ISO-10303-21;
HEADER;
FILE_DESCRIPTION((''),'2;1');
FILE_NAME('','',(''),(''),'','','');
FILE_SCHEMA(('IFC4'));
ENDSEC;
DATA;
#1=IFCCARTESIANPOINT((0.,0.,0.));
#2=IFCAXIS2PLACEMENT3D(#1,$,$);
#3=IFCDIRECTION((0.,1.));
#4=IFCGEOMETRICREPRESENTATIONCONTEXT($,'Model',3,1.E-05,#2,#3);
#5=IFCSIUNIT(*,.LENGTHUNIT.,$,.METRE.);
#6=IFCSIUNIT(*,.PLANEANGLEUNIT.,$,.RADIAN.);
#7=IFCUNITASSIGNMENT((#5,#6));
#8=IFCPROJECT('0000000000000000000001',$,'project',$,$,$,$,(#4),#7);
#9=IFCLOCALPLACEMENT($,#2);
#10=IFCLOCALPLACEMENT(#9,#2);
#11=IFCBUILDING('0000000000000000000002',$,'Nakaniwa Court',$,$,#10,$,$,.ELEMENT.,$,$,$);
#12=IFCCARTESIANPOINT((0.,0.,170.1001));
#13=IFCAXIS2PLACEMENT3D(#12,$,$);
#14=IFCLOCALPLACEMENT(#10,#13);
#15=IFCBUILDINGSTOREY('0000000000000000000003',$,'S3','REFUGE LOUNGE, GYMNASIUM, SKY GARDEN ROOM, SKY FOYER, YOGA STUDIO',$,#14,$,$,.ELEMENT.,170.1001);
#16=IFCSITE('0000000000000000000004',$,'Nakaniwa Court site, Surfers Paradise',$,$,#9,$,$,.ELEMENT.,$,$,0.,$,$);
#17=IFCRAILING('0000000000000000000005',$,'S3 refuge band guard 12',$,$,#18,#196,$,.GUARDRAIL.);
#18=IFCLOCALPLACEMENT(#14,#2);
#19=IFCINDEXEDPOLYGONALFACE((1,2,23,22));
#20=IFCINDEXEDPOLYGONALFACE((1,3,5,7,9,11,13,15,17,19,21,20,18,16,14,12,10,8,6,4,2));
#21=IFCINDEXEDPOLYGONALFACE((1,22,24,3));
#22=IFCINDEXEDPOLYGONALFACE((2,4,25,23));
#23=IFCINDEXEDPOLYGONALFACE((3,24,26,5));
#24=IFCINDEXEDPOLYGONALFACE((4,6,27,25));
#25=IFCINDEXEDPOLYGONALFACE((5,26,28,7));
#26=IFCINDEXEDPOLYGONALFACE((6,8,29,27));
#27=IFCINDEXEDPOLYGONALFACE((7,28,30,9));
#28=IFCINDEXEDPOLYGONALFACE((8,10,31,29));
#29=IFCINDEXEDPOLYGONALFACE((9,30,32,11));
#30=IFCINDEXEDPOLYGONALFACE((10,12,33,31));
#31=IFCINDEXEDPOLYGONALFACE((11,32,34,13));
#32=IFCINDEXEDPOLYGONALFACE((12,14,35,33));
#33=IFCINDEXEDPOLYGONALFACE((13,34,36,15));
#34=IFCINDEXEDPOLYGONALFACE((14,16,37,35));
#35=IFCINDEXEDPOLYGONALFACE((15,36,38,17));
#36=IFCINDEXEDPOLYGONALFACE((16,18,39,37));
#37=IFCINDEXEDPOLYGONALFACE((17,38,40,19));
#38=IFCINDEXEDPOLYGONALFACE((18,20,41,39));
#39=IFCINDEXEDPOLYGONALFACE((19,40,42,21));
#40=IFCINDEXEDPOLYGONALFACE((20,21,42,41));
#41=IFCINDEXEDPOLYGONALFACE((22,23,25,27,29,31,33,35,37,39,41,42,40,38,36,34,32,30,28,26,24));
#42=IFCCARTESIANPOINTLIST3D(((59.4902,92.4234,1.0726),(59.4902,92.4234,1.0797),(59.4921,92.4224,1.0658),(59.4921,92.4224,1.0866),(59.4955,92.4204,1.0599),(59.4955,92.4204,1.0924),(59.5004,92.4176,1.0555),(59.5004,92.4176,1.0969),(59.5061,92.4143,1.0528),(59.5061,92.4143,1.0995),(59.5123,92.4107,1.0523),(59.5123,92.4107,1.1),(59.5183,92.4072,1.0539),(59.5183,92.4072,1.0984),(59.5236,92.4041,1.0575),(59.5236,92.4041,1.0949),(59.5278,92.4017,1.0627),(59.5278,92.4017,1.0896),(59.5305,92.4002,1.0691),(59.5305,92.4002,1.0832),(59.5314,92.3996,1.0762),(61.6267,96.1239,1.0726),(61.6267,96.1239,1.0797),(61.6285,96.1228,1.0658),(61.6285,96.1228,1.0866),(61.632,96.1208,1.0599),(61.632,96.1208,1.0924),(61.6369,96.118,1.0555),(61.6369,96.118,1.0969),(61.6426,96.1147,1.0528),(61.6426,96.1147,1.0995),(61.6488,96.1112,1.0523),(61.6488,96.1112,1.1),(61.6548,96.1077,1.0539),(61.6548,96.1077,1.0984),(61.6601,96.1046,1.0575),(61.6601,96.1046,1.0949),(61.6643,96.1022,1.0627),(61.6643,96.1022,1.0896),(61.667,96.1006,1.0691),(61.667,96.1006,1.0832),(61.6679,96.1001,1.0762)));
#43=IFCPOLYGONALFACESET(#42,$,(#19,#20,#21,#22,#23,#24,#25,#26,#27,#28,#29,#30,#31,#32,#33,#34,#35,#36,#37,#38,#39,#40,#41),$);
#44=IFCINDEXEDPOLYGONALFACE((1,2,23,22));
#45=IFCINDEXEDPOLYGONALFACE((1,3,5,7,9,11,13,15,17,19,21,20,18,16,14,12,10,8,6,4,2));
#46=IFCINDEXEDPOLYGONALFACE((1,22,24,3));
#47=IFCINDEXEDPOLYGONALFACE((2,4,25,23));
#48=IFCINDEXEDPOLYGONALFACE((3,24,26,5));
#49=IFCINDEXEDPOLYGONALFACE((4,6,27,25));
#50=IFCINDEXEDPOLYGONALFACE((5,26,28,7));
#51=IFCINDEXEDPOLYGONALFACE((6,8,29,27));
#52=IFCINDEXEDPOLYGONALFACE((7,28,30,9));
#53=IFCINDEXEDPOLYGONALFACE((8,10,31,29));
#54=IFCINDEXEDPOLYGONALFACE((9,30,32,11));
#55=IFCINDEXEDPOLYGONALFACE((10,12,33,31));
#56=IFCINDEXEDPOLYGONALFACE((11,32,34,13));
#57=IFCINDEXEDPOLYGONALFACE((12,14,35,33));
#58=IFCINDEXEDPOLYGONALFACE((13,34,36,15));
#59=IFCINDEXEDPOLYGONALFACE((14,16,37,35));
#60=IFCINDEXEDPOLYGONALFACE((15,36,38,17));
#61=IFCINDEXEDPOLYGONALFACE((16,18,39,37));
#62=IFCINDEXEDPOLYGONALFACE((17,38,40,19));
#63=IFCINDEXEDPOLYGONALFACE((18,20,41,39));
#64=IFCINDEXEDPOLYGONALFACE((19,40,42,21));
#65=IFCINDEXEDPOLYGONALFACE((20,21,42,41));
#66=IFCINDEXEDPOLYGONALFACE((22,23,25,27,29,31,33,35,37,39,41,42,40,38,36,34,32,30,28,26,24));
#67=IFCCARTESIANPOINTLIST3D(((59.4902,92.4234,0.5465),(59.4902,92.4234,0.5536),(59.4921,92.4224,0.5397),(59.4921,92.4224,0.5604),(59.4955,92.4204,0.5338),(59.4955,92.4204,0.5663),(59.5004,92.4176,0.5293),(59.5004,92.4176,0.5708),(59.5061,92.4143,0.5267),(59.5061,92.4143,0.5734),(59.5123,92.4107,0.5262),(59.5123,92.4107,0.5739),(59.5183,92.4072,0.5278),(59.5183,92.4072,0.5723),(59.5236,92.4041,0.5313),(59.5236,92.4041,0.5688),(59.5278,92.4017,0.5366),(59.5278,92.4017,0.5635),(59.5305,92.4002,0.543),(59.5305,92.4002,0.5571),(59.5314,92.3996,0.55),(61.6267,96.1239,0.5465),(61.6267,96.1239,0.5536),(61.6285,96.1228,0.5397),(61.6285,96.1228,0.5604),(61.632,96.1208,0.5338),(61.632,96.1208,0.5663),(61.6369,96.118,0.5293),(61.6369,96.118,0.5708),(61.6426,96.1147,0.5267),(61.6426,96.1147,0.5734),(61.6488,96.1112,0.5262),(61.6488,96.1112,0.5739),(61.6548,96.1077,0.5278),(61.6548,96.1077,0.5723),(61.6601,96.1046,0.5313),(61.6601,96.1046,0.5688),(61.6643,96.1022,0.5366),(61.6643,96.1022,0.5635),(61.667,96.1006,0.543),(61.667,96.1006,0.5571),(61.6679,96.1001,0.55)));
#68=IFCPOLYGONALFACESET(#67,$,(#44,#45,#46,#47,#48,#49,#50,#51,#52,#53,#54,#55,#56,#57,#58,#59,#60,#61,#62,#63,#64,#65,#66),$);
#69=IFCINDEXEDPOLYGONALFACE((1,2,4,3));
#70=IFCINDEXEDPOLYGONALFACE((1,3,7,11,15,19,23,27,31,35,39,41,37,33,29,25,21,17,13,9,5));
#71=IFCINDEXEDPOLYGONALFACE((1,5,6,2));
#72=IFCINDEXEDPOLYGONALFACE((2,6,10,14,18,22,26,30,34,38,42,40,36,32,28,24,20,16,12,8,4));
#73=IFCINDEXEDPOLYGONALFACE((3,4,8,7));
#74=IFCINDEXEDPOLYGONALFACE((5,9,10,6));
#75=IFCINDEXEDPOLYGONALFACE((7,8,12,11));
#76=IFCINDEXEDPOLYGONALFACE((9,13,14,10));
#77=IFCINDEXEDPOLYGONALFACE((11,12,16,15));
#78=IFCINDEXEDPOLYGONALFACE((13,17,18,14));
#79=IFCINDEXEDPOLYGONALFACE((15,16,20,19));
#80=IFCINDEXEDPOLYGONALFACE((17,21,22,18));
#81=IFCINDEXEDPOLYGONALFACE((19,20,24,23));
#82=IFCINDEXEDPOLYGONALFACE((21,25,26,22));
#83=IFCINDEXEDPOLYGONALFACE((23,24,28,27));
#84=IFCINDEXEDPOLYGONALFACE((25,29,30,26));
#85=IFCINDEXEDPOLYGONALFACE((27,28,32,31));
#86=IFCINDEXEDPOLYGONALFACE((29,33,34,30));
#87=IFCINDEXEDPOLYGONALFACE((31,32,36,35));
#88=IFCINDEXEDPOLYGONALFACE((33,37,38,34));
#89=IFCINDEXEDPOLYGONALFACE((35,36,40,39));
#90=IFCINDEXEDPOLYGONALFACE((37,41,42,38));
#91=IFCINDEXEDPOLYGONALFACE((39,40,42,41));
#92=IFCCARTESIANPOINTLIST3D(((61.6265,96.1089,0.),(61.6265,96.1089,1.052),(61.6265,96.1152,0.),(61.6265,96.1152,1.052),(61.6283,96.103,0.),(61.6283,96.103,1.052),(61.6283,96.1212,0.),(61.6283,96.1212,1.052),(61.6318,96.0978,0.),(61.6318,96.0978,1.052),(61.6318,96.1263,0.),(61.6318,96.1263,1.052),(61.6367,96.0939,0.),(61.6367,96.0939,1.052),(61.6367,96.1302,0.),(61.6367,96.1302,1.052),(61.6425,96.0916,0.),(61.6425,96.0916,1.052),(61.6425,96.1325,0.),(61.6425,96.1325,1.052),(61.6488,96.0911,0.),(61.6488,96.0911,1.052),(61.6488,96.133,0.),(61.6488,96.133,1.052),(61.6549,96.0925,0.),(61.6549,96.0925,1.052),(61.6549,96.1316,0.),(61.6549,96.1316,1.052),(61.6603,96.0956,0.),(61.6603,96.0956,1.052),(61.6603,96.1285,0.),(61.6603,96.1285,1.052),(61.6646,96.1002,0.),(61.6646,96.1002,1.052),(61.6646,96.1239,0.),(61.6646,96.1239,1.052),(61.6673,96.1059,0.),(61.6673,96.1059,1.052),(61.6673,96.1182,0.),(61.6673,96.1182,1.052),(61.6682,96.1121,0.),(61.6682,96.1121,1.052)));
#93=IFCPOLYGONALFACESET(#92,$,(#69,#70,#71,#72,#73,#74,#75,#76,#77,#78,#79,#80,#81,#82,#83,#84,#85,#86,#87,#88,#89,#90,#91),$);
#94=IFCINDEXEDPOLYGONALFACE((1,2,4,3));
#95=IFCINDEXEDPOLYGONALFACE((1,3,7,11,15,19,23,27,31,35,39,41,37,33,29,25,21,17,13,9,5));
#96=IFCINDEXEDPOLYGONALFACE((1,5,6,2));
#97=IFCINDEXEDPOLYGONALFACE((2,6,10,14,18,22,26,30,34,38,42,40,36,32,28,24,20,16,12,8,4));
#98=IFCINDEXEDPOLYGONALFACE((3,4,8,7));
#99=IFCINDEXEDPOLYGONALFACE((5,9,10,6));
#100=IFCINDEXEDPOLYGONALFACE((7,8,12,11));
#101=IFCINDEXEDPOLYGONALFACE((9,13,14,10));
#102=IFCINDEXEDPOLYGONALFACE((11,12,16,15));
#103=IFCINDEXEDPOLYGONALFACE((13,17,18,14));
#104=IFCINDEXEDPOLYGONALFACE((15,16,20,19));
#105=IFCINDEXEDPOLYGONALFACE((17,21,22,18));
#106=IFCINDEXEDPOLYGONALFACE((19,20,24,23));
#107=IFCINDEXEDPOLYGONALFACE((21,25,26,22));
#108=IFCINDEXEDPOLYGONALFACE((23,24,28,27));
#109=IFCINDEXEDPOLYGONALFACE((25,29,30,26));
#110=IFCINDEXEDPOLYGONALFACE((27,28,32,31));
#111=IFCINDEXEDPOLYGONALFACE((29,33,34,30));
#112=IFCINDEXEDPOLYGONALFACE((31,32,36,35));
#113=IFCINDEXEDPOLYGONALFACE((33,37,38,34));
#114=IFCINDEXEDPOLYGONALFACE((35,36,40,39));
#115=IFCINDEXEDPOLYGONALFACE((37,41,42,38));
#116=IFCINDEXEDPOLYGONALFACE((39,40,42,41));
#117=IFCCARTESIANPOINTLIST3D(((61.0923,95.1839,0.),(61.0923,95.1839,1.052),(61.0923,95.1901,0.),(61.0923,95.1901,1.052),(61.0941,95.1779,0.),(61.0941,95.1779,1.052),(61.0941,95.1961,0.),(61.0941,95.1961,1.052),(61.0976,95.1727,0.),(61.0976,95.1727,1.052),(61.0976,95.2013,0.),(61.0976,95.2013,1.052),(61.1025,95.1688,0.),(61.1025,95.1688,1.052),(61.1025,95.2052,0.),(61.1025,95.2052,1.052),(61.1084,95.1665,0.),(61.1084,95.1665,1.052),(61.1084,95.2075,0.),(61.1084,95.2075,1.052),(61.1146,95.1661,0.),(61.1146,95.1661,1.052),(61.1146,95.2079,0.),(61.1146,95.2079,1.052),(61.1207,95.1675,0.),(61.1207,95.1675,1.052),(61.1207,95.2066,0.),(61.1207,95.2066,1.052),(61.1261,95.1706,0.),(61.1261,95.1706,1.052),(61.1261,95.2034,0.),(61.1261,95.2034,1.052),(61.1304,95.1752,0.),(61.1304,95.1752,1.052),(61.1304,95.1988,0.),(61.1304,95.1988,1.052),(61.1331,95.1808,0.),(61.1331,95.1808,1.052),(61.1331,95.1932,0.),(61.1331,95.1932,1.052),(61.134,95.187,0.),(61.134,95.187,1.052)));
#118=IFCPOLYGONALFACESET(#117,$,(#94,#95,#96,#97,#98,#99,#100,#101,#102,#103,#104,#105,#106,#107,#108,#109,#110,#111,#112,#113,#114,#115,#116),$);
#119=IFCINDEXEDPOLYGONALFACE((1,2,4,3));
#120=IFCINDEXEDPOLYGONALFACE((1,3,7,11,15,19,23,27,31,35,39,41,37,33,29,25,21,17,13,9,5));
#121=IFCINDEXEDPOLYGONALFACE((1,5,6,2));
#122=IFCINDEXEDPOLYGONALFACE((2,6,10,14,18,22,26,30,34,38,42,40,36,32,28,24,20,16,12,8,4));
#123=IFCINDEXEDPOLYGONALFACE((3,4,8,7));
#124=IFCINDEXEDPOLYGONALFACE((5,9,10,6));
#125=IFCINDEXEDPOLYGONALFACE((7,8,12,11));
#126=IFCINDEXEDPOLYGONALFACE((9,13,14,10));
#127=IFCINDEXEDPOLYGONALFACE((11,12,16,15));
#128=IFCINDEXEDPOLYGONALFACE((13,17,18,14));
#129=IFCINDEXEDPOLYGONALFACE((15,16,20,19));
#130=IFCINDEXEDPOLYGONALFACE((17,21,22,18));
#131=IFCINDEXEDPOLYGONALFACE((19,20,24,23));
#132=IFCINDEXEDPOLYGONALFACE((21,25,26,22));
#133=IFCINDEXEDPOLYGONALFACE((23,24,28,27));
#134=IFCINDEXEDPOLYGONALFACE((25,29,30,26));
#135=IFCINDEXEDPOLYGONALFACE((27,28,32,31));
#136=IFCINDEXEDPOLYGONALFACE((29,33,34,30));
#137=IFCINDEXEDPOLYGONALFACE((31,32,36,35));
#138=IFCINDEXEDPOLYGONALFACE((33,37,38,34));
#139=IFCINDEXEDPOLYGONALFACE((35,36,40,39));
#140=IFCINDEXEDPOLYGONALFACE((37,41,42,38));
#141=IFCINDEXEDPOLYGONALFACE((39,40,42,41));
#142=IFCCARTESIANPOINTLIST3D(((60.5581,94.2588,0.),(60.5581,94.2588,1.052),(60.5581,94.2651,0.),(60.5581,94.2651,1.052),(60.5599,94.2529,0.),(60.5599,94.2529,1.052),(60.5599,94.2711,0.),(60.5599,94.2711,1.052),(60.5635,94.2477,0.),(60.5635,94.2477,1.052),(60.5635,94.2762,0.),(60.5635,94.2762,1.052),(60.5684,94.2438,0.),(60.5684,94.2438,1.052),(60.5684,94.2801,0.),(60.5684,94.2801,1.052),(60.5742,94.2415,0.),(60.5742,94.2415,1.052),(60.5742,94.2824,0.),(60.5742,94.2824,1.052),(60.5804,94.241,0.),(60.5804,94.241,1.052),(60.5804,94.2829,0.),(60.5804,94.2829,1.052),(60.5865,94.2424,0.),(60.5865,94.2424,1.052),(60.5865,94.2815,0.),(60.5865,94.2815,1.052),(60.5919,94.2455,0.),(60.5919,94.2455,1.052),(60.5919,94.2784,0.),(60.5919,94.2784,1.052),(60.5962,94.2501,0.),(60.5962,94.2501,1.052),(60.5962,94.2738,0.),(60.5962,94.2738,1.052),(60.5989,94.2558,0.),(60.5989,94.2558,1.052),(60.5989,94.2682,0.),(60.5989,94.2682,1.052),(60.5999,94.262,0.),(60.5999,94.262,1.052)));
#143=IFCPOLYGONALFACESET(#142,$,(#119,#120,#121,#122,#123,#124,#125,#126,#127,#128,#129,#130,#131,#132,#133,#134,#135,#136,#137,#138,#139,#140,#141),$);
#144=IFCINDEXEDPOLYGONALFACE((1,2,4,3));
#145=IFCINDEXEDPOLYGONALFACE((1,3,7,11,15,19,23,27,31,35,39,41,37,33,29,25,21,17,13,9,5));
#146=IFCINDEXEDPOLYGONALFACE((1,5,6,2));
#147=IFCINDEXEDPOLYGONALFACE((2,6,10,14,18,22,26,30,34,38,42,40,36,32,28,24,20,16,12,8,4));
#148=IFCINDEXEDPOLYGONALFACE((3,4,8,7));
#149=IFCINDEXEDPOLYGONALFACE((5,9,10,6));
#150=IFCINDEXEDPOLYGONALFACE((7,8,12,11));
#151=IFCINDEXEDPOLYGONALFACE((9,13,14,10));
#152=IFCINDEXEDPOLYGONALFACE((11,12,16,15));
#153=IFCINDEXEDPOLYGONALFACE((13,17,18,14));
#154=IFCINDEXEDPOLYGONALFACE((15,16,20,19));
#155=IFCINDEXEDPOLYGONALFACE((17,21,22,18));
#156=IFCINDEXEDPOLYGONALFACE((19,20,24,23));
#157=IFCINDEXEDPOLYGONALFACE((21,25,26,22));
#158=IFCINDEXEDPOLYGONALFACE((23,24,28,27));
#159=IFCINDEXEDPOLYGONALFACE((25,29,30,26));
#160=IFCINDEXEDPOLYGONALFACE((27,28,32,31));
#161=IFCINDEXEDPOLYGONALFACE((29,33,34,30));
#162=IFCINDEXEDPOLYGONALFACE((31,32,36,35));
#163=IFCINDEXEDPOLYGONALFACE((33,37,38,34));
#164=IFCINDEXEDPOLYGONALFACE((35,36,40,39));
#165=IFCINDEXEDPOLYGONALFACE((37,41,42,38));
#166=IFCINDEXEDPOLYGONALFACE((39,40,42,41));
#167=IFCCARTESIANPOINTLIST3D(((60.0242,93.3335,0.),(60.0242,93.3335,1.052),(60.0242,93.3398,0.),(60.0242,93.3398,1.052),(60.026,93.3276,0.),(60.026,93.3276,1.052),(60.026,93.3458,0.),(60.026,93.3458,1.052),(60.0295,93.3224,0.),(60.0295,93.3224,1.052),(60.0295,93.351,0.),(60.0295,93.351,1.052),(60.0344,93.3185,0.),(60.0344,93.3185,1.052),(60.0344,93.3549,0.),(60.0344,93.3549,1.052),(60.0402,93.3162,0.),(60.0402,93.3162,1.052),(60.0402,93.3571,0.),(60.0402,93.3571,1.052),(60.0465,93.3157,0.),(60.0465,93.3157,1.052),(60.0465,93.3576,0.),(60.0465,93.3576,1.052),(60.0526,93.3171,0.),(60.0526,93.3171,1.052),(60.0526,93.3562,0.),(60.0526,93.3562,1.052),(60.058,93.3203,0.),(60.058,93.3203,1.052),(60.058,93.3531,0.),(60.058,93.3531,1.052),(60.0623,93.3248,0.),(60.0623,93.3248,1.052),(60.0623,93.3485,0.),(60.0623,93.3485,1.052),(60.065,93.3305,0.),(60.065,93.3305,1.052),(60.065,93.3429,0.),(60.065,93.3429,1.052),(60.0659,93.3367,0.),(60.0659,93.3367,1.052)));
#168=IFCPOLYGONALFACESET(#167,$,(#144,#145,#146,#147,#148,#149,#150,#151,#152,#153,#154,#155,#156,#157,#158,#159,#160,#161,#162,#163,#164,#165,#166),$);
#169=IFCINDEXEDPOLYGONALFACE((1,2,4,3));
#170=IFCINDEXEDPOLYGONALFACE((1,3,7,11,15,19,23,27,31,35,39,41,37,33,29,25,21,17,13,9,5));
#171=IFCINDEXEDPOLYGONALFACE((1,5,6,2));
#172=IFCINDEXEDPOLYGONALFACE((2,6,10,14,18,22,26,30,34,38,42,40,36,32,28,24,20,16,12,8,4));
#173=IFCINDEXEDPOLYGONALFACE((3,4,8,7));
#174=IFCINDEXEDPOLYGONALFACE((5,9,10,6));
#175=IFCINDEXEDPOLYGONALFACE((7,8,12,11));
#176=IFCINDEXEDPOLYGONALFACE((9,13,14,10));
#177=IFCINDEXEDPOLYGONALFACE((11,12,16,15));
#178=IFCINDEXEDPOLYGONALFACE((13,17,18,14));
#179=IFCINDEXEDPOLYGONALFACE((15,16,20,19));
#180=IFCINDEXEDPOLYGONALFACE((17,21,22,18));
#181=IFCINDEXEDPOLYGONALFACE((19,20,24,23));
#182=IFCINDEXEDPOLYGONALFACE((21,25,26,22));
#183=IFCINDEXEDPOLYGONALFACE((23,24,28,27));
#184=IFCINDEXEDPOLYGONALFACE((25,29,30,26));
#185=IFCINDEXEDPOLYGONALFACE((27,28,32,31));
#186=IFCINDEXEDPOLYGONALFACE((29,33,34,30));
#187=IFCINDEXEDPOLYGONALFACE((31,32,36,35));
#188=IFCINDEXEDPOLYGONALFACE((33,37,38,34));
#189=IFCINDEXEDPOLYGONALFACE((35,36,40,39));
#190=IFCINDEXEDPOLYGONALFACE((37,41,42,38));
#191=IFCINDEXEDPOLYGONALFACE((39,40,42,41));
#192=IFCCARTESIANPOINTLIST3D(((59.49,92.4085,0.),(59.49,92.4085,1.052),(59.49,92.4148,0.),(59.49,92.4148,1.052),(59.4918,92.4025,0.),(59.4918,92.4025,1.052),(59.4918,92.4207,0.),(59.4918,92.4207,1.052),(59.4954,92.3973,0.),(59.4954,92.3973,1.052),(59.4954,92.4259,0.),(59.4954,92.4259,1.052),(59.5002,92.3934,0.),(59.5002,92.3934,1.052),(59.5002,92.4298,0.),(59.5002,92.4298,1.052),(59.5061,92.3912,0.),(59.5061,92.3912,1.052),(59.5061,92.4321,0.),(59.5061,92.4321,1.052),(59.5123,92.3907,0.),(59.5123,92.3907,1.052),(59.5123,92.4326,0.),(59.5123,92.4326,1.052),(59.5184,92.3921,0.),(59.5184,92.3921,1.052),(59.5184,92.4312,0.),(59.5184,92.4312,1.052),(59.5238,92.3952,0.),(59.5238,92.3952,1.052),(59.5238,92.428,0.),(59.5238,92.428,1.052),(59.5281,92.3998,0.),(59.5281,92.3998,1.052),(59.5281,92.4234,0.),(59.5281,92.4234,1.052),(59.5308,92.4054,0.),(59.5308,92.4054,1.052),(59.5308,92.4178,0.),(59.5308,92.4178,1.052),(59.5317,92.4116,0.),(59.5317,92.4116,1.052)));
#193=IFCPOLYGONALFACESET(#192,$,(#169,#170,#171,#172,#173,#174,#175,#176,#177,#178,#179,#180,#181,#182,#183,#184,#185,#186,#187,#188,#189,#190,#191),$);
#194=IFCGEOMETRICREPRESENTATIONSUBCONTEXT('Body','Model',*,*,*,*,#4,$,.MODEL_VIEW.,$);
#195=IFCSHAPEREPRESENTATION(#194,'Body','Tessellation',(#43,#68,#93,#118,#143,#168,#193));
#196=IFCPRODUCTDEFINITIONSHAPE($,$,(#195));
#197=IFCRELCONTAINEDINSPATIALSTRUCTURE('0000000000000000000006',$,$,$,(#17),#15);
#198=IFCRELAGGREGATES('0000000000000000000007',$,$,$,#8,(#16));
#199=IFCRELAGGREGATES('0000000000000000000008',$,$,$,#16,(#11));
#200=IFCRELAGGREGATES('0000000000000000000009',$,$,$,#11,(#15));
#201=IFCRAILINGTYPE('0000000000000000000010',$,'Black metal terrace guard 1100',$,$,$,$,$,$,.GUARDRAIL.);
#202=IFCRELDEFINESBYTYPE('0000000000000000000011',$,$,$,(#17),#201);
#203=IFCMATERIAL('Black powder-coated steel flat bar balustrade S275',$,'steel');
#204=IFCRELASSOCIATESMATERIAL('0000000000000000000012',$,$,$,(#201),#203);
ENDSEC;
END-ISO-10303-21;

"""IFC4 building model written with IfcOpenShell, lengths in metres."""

from ifc_helpers import new_model, si_unit, direction, frame, origin, origin_2d, place, context, subcontext, project, spatial, circle, extrude, material, type_object, element, save


model = new_model("IFC4")

# Units and contexts
model_context = context("Model", 3, precision=1e-05, world=origin(), true_north=direction((0.0, 1.0)))
body_context = subcontext(model_context, "Body", "Model", "MODEL_VIEW")
ifc_project = project(units=[si_unit("LENGTHUNIT", "METRE"), si_unit("PLANEANGLEUNIT", "RADIAN")], contexts=[model_context])

# Site, building, storey
site_placement = place(None, origin())
site = spatial("IfcSite", under=ifc_project, at=site_placement, Name="Nakaniwa Court site, Surfers Paradise", CompositionType="ELEMENT", RefElevation=0.0)
building_placement = place(site_placement, origin())
building = spatial("IfcBuilding", under=site, at=building_placement, Name="Nakaniwa Court", CompositionType="ELEMENT")
storey_placement = place(building_placement, frame((0.0, 0.0, 170.1001)))
storey = spatial("IfcBuildingStorey", under=building, at=storey_placement, Name="S3", Description="REFUGE LOUNGE, GYMNASIUM, SKY GARDEN ROOM, SKY FOYER, YOGA STUDIO", CompositionType="ELEMENT", Elevation=170.1001)

# Railing
ifc_material_1 = material(Name="Black powder-coated steel flat bar balustrade S275", Category="steel")
railing_type = type_object("IfcRailingType", Name="Black metal terrace guard 1100", PredefinedType="GUARDRAIL", material=ifc_material_1)
railing_1_placement = place(storey_placement, frame((61.6472, 96.1121, 0.0)))
element("IfcRailing", 1, at=railing_1_placement, inside=storey, type_object=railing_type, Name="S3 refuge band guard 12", PredefinedType="GUARDRAIL", context=body_context, shape_type="SweptSolid", body=[
    extrude(circle(Radius=0.0239, at=origin_2d()), frame((0.0, 0.0, 1.0762), z_axis=(-0.500004, -0.866023, 0.0), x_axis=(0.866023, -0.500004, 0.0)), (0.0, 0.0, 1.0), 4.2729),
    extrude(circle(Radius=0.0239, at=origin_2d()), frame((0.0, 0.0, 0.55), z_axis=(-0.500004, -0.866023, 0.0), x_axis=(0.866023, -0.500004, 0.0)), (0.0, 0.0, 1.0), 4.2729),
    extrude(circle(Radius=0.021, at=origin_2d()), origin(), (0.0, 0.0, 1.0), 1.052),
    extrude(circle(Radius=0.021, at=origin_2d()), frame((-0.5342, -0.925, 0.0)), (0.0, 0.0, 1.0), 1.052),
    extrude(circle(Radius=0.021, at=origin_2d()), frame((-1.0684, -1.8501, 0.0)), (0.0, 0.0, 1.0), 1.052),
    extrude(circle(Radius=0.021, at=origin_2d()), frame((-1.6023, -2.7754, 0.0)), (0.0, 0.0, 1.0), 1.052),
    extrude(circle(Radius=0.021, at=origin_2d()), frame((-2.1365, -3.7004, 0.0)), (0.0, 0.0, 1.0), 1.052),
])

save(model, "model.ifc")
